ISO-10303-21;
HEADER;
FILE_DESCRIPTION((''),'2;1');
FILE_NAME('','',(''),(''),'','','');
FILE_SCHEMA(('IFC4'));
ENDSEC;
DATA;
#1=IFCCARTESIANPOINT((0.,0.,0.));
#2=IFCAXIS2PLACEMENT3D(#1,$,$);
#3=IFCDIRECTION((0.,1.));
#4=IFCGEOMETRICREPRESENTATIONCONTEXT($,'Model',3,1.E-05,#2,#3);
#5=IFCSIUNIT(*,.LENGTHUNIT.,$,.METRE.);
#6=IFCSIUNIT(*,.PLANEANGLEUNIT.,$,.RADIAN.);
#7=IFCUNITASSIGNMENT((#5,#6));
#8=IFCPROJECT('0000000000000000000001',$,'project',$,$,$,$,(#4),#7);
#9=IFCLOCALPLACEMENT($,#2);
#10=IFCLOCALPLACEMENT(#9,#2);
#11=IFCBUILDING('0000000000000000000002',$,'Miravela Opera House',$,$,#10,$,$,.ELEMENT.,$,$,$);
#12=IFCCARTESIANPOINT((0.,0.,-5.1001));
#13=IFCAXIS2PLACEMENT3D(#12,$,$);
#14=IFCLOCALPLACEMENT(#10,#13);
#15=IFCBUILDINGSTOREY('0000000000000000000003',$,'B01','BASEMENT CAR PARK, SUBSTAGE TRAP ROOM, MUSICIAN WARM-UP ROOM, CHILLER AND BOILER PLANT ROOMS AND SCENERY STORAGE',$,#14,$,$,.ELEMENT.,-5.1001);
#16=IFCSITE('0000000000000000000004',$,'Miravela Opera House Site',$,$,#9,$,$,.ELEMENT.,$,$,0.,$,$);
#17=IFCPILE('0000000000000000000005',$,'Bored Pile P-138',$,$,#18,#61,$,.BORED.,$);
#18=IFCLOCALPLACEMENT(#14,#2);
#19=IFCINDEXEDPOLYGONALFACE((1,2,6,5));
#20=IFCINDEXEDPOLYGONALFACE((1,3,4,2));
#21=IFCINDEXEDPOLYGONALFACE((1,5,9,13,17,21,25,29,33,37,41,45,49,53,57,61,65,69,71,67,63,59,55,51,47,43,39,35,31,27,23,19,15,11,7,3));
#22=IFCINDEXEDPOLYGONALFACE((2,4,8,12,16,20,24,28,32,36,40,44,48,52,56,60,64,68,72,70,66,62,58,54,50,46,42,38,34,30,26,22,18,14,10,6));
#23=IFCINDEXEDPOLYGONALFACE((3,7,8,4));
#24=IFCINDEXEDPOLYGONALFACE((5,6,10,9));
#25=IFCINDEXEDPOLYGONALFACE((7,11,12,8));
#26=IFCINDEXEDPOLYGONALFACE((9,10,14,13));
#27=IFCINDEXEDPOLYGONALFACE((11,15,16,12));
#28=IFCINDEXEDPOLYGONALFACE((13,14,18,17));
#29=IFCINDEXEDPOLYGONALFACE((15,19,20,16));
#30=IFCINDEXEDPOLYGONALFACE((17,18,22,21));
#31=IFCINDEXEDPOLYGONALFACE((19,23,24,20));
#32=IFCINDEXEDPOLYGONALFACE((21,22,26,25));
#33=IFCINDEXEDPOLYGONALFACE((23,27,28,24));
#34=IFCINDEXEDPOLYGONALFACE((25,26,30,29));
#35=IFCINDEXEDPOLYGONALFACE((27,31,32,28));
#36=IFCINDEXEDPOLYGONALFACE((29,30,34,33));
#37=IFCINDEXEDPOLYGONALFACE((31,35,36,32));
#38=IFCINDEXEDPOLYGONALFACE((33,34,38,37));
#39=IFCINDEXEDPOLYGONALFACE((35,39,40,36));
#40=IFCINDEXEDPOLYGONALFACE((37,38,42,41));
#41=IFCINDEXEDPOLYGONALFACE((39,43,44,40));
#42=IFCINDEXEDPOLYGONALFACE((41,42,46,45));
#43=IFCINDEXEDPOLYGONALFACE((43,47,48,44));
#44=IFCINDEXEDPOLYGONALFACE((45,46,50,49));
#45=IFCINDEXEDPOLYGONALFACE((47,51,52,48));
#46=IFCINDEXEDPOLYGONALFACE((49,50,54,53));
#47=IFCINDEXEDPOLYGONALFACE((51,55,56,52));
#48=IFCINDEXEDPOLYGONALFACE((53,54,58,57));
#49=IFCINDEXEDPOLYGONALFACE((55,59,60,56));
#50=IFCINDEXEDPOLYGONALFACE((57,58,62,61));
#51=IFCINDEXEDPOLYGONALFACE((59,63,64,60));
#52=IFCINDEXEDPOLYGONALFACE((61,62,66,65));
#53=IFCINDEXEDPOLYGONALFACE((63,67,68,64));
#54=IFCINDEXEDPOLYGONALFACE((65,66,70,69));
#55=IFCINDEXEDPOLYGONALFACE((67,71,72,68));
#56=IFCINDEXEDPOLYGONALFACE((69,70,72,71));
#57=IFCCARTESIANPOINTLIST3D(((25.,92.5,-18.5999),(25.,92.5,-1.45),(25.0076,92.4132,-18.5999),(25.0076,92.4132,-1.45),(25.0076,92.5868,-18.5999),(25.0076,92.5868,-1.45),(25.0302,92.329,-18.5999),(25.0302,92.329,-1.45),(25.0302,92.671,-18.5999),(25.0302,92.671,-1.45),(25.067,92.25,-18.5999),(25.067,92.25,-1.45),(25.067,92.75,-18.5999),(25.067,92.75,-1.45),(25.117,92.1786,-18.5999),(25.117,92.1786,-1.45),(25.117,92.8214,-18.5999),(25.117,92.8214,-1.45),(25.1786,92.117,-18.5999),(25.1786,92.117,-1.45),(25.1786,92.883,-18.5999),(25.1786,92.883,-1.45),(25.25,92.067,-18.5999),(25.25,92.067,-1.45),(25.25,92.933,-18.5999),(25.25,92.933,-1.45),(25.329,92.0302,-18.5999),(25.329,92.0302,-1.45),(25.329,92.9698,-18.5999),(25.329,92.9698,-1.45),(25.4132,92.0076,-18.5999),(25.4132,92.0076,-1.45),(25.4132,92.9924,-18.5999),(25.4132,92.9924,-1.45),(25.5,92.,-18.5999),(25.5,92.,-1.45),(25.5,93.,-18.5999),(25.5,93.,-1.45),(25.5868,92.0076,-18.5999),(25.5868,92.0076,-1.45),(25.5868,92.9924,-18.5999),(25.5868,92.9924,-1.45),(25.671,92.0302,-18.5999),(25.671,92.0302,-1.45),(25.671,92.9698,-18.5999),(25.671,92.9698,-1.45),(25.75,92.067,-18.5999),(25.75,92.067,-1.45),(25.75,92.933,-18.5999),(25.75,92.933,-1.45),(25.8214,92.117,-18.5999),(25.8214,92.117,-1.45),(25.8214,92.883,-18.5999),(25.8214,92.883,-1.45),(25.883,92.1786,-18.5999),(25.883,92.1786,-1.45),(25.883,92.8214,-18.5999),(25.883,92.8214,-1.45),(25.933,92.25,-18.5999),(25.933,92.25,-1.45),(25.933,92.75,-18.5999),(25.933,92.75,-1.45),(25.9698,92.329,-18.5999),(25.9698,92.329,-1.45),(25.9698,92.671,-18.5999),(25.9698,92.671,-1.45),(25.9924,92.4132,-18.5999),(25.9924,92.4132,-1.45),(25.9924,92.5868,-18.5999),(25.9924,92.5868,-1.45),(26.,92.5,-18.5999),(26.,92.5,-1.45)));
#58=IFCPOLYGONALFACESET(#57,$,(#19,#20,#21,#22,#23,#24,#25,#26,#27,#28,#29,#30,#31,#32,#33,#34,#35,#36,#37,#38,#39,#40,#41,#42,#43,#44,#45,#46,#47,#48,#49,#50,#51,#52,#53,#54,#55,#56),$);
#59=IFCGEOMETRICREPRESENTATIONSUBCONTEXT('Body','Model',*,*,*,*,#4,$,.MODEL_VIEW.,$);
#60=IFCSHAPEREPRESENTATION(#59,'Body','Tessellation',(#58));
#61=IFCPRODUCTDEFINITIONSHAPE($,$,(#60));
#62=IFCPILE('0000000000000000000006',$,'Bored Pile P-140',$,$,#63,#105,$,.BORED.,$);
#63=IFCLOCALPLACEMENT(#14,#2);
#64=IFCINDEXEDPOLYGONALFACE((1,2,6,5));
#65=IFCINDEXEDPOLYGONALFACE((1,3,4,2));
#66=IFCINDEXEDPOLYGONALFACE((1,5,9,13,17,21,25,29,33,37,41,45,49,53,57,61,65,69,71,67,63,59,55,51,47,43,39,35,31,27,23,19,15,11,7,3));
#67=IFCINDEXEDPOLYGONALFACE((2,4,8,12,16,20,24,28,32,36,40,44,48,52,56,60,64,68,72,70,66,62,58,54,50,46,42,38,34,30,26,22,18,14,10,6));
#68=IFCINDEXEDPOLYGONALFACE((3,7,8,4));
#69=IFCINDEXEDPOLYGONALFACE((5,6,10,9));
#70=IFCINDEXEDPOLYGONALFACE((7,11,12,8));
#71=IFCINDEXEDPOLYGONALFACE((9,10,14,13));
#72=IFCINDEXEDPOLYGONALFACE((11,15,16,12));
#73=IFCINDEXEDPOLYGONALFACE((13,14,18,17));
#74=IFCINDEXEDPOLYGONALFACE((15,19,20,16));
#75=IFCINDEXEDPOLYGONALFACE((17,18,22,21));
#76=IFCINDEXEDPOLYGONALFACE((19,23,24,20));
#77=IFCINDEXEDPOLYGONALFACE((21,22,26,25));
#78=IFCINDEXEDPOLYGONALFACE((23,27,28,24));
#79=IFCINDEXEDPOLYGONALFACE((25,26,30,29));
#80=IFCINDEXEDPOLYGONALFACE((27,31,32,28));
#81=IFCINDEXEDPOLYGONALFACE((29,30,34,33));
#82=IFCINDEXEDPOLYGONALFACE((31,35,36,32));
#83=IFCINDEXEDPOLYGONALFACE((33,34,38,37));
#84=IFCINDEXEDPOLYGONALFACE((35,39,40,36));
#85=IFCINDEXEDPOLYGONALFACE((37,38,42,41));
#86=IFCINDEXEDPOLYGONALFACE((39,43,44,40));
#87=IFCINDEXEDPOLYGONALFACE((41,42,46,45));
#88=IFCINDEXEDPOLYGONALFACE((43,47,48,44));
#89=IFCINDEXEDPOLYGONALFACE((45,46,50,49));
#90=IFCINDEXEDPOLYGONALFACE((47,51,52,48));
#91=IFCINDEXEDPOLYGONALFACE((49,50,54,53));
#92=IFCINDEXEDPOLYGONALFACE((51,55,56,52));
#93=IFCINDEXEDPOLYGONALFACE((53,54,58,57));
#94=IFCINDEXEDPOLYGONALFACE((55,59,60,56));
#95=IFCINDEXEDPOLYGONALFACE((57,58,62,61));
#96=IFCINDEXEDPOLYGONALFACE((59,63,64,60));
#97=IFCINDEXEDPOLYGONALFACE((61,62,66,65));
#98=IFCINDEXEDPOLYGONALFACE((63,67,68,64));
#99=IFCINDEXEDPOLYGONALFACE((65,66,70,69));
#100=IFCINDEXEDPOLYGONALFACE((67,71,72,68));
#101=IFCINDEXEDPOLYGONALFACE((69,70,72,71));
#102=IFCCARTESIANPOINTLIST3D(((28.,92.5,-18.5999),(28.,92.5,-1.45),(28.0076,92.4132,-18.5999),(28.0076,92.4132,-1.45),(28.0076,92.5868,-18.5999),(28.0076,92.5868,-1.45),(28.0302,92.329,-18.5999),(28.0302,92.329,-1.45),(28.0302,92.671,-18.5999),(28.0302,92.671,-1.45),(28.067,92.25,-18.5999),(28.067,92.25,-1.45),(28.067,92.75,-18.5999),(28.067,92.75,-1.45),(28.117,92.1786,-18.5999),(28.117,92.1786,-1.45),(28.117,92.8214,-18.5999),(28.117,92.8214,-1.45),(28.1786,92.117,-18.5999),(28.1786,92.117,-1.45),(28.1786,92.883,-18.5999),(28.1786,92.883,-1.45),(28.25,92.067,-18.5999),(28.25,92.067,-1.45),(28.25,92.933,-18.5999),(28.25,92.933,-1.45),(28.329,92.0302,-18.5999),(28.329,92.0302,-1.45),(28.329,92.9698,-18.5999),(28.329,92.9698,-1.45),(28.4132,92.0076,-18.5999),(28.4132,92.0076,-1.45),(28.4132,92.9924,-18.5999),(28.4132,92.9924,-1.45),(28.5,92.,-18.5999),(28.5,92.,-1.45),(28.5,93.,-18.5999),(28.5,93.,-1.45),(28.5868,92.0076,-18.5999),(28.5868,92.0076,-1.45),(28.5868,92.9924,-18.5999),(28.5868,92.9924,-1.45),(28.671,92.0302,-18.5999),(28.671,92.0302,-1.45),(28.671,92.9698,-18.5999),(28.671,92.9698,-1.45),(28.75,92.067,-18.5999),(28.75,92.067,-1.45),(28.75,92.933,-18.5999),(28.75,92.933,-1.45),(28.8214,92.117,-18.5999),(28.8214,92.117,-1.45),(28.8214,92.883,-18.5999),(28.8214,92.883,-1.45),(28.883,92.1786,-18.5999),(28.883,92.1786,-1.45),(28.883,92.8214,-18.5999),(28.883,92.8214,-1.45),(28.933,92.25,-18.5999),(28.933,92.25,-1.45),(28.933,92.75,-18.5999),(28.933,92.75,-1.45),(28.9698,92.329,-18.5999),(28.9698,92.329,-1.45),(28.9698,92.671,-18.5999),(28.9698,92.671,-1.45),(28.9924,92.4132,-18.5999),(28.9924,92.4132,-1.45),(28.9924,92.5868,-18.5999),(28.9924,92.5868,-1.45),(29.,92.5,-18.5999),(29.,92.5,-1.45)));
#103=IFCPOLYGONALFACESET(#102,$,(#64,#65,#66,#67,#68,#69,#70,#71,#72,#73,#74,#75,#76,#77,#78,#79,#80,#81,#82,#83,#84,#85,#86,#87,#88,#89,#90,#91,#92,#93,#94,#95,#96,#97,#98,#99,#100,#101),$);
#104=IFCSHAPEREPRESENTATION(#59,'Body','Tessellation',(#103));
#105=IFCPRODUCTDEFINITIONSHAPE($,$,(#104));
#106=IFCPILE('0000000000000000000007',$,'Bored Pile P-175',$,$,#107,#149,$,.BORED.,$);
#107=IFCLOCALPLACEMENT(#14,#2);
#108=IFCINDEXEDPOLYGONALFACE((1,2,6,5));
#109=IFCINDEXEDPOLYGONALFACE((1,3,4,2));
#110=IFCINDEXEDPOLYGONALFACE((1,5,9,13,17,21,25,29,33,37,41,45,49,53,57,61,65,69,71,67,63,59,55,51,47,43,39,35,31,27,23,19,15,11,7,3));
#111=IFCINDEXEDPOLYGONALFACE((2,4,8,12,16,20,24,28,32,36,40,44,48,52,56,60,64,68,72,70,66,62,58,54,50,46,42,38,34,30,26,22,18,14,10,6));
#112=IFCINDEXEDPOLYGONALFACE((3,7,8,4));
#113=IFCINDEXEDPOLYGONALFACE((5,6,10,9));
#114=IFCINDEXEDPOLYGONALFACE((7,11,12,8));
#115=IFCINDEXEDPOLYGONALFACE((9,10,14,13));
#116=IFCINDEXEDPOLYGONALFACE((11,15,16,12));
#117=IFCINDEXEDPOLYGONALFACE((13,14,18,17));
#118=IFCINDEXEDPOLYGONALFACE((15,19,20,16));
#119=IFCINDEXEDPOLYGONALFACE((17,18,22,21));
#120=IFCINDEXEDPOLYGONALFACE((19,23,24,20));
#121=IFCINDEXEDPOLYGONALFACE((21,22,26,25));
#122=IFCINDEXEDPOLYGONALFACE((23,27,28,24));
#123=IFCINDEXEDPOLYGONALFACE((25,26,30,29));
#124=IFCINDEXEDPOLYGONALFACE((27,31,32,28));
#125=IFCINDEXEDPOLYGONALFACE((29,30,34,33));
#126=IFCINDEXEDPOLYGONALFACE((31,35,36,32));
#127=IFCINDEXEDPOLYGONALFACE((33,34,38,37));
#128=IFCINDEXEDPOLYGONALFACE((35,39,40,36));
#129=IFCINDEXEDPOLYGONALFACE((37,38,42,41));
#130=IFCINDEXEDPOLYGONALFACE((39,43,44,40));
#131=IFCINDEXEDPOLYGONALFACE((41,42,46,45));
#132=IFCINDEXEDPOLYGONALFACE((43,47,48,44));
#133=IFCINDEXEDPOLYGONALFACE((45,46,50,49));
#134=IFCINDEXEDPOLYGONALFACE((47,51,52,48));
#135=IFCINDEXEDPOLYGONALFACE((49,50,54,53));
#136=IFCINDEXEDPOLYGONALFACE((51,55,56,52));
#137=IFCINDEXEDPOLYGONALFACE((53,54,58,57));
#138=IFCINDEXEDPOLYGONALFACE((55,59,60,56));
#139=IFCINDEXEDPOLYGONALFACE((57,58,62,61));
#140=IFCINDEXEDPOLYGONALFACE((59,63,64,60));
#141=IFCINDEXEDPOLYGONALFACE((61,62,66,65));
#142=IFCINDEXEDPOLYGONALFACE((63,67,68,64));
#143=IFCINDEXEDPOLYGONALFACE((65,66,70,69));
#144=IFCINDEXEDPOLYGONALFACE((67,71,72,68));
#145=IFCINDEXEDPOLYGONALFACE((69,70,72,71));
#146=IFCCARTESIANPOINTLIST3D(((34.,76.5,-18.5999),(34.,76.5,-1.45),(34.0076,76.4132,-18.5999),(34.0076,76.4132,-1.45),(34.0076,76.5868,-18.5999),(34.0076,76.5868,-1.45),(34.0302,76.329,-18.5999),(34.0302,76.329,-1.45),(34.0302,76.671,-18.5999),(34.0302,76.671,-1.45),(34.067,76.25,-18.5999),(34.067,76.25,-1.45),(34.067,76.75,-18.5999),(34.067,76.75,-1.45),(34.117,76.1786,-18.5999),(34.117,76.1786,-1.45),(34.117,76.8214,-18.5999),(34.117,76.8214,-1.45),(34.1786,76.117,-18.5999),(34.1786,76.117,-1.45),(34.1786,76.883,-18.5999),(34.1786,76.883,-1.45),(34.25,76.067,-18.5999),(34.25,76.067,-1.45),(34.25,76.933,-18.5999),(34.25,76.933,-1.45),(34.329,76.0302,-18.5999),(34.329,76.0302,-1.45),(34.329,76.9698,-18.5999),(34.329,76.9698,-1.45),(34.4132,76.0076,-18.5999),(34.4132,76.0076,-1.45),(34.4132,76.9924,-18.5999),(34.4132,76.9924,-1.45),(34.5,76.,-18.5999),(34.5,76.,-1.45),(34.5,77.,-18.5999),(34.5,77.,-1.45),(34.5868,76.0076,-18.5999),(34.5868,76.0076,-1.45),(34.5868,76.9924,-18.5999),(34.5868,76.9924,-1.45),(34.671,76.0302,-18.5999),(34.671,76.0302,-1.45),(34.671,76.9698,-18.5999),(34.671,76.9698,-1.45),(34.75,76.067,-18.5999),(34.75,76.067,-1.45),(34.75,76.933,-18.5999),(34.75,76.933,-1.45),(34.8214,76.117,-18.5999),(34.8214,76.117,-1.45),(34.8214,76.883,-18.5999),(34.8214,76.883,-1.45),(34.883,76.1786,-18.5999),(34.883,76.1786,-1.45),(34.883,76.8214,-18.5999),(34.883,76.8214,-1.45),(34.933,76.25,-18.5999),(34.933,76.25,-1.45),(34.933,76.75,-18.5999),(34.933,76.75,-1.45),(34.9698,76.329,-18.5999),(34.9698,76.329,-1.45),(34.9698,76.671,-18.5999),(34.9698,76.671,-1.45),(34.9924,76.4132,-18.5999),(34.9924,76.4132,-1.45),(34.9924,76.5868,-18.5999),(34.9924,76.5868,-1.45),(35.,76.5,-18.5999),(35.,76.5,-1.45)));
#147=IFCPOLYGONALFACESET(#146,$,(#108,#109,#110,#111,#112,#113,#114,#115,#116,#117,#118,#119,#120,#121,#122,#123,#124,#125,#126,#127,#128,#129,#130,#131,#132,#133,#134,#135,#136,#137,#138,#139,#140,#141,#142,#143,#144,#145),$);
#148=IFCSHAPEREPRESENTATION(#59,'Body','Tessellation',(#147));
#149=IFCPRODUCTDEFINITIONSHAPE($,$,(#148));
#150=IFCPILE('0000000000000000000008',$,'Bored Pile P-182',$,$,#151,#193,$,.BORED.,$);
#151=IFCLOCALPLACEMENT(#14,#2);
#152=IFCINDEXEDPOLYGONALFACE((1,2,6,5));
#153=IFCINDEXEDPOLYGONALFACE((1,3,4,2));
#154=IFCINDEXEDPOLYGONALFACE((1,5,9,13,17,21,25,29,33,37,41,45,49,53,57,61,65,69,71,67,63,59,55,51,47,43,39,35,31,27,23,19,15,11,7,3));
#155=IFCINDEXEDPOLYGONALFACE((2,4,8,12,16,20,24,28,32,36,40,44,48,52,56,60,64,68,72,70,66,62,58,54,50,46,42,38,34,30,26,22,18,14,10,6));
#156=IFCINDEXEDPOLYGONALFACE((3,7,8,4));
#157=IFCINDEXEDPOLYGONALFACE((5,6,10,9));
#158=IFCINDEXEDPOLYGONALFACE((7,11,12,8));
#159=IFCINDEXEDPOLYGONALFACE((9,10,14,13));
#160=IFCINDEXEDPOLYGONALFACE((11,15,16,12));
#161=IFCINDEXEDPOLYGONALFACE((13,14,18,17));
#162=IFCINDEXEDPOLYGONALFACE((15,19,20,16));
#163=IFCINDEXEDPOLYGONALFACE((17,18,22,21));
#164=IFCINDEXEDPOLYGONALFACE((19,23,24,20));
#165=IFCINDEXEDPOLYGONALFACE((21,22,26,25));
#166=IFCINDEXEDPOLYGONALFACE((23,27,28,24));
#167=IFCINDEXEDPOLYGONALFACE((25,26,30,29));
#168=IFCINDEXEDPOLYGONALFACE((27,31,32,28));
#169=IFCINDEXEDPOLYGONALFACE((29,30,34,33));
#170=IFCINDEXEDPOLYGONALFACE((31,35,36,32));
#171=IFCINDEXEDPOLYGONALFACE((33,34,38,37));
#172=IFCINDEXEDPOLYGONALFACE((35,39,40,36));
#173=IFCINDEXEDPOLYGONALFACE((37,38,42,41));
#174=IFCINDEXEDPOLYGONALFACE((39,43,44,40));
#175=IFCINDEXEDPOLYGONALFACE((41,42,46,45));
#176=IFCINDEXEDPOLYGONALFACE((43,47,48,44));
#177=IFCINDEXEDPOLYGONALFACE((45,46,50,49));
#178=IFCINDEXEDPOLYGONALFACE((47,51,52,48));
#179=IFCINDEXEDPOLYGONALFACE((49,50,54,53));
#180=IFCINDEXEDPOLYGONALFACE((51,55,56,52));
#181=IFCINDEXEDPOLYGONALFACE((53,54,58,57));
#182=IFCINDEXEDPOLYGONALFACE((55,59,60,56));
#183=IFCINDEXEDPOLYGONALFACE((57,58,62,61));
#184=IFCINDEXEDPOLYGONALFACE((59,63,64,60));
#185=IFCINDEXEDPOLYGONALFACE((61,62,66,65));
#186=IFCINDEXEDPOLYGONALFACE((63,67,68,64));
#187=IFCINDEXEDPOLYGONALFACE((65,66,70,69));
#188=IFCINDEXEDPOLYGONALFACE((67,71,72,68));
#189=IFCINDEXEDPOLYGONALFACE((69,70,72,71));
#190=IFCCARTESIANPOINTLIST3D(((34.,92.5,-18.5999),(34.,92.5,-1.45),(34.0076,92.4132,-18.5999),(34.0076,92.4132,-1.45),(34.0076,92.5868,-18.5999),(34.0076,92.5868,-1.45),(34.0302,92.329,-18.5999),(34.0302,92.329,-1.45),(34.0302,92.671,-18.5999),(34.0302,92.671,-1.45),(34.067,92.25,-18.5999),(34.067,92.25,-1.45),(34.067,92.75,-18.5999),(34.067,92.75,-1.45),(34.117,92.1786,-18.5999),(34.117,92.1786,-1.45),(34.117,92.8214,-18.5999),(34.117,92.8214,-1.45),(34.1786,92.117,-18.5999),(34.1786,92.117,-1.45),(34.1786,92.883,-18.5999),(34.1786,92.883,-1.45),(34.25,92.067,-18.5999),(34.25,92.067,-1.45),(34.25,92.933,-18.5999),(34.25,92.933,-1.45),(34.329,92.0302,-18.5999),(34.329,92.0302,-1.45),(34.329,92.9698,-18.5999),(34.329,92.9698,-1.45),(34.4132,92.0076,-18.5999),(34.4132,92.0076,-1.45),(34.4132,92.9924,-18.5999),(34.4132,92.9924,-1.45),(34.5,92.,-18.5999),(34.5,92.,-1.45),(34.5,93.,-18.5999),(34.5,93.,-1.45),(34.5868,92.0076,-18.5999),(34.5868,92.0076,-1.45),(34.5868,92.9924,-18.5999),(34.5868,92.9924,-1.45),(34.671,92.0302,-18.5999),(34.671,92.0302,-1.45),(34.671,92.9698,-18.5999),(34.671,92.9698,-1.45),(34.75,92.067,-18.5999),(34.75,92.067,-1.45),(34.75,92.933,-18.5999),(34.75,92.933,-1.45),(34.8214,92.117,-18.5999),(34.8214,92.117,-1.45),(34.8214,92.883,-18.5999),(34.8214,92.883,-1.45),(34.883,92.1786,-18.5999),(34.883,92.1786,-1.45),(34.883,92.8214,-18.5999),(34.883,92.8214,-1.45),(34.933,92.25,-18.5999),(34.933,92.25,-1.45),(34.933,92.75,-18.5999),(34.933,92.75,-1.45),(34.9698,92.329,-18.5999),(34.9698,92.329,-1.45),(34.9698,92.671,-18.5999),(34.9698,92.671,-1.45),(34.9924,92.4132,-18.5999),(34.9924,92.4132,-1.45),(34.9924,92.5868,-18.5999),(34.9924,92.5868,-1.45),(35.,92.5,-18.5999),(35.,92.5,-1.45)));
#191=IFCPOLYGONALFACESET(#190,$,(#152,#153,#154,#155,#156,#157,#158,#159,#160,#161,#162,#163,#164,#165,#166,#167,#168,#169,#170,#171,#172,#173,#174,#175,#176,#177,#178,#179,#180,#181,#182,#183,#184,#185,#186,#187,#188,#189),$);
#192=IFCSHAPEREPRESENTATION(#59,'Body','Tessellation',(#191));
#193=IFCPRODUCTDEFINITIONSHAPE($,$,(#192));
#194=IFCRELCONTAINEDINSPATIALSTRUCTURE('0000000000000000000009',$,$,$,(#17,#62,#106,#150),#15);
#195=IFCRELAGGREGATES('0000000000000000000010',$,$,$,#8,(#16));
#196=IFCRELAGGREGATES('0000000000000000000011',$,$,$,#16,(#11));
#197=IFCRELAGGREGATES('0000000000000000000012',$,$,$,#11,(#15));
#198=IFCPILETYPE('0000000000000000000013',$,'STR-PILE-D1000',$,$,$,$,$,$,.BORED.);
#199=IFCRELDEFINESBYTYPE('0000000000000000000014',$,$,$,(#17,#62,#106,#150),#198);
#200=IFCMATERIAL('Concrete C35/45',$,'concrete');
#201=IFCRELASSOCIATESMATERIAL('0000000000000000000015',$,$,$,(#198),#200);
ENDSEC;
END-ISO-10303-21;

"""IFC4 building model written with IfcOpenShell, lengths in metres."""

from ifc_helpers import new_model, si_unit, direction, frame, origin, origin_2d, place, context, subcontext, project, spatial, circle, extrude, material, material_profile, profile_set, type_object, element, save


model = new_model("IFC4")

# Units and contexts
model_context = context("Model", 3, precision=1e-05, world=origin(), true_north=direction((0.0, 1.0)))
body_context = subcontext(model_context, "Body", "Model", "MODEL_VIEW")
ifc_project = project(units=[si_unit("LENGTHUNIT", "METRE"), si_unit("PLANEANGLEUNIT", "RADIAN")], contexts=[model_context])

# Site, building, storey
site_placement = place(None, origin())
site = spatial("IfcSite", under=ifc_project, at=site_placement, Name="Miravela Opera House Site", CompositionType="ELEMENT", RefElevation=0.0)
building_placement = place(site_placement, origin())
building = spatial("IfcBuilding", under=site, at=building_placement, Name="Miravela Opera House", CompositionType="ELEMENT")
storey_placement = place(building_placement, frame((0.0, 0.0, -5.1001)))
storey = spatial("IfcBuildingStorey", under=building, at=storey_placement, Name="B01", Description="BASEMENT CAR PARK, SUBSTAGE TRAP ROOM, MUSICIAN WARM-UP ROOM, CHILLER AND BOILER PLANT ROOMS AND SCENERY STORAGE", CompositionType="ELEMENT", Elevation=-5.1001)

# Shared definitions
ifc_material_1 = material(Name="Concrete C35/45", Category="concrete")

# Piles
ifc_material_profile_1 = material_profile(ifc_material_1, circle(Radius=0.5, at=origin_2d()), Name="PILE-D1000")
ifc_profile_set_1 = profile_set([ifc_material_profile_1])
pile_type_1 = type_object("IfcPileType", Name="STR-PILE-D1000", PredefinedType="BORED", material=ifc_profile_set_1)
for number, where, z_axis, x_axis, name in (
    (1, (25.5, 92.5, -1.45), (0.0, 0.0, -1.0), (1.0, 0.0, 0.0), "Bored Pile P-138"),
    (2, (28.5, 92.5, -1.45), (0.0, 0.0, -1.0), (1.0, 0.0, 0.0), "Bored Pile P-140"),
    (3, (34.5, 76.5, -1.45), (0.0, 0.0, -1.0), (1.0, 0.0, 0.0), "Bored Pile P-175"),
    (4, (34.5, 92.5, -1.45), (0.0, 0.0, -1.0), (1.0, 0.0, 0.0), "Bored Pile P-182"),
):
    element("IfcPile", number, at=place(storey_placement, frame(where, z_axis=z_axis, x_axis=x_axis)), inside=storey, type_object=pile_type_1, Name=name, PredefinedType="BORED", context=body_context, shape_type="SweptSolid", body=[
        extrude(circle(Radius=0.5, at=origin_2d()), origin(), (0.0, 0.0, 1.0), 17.1499),
    ])

save(model, "model.ifc")
